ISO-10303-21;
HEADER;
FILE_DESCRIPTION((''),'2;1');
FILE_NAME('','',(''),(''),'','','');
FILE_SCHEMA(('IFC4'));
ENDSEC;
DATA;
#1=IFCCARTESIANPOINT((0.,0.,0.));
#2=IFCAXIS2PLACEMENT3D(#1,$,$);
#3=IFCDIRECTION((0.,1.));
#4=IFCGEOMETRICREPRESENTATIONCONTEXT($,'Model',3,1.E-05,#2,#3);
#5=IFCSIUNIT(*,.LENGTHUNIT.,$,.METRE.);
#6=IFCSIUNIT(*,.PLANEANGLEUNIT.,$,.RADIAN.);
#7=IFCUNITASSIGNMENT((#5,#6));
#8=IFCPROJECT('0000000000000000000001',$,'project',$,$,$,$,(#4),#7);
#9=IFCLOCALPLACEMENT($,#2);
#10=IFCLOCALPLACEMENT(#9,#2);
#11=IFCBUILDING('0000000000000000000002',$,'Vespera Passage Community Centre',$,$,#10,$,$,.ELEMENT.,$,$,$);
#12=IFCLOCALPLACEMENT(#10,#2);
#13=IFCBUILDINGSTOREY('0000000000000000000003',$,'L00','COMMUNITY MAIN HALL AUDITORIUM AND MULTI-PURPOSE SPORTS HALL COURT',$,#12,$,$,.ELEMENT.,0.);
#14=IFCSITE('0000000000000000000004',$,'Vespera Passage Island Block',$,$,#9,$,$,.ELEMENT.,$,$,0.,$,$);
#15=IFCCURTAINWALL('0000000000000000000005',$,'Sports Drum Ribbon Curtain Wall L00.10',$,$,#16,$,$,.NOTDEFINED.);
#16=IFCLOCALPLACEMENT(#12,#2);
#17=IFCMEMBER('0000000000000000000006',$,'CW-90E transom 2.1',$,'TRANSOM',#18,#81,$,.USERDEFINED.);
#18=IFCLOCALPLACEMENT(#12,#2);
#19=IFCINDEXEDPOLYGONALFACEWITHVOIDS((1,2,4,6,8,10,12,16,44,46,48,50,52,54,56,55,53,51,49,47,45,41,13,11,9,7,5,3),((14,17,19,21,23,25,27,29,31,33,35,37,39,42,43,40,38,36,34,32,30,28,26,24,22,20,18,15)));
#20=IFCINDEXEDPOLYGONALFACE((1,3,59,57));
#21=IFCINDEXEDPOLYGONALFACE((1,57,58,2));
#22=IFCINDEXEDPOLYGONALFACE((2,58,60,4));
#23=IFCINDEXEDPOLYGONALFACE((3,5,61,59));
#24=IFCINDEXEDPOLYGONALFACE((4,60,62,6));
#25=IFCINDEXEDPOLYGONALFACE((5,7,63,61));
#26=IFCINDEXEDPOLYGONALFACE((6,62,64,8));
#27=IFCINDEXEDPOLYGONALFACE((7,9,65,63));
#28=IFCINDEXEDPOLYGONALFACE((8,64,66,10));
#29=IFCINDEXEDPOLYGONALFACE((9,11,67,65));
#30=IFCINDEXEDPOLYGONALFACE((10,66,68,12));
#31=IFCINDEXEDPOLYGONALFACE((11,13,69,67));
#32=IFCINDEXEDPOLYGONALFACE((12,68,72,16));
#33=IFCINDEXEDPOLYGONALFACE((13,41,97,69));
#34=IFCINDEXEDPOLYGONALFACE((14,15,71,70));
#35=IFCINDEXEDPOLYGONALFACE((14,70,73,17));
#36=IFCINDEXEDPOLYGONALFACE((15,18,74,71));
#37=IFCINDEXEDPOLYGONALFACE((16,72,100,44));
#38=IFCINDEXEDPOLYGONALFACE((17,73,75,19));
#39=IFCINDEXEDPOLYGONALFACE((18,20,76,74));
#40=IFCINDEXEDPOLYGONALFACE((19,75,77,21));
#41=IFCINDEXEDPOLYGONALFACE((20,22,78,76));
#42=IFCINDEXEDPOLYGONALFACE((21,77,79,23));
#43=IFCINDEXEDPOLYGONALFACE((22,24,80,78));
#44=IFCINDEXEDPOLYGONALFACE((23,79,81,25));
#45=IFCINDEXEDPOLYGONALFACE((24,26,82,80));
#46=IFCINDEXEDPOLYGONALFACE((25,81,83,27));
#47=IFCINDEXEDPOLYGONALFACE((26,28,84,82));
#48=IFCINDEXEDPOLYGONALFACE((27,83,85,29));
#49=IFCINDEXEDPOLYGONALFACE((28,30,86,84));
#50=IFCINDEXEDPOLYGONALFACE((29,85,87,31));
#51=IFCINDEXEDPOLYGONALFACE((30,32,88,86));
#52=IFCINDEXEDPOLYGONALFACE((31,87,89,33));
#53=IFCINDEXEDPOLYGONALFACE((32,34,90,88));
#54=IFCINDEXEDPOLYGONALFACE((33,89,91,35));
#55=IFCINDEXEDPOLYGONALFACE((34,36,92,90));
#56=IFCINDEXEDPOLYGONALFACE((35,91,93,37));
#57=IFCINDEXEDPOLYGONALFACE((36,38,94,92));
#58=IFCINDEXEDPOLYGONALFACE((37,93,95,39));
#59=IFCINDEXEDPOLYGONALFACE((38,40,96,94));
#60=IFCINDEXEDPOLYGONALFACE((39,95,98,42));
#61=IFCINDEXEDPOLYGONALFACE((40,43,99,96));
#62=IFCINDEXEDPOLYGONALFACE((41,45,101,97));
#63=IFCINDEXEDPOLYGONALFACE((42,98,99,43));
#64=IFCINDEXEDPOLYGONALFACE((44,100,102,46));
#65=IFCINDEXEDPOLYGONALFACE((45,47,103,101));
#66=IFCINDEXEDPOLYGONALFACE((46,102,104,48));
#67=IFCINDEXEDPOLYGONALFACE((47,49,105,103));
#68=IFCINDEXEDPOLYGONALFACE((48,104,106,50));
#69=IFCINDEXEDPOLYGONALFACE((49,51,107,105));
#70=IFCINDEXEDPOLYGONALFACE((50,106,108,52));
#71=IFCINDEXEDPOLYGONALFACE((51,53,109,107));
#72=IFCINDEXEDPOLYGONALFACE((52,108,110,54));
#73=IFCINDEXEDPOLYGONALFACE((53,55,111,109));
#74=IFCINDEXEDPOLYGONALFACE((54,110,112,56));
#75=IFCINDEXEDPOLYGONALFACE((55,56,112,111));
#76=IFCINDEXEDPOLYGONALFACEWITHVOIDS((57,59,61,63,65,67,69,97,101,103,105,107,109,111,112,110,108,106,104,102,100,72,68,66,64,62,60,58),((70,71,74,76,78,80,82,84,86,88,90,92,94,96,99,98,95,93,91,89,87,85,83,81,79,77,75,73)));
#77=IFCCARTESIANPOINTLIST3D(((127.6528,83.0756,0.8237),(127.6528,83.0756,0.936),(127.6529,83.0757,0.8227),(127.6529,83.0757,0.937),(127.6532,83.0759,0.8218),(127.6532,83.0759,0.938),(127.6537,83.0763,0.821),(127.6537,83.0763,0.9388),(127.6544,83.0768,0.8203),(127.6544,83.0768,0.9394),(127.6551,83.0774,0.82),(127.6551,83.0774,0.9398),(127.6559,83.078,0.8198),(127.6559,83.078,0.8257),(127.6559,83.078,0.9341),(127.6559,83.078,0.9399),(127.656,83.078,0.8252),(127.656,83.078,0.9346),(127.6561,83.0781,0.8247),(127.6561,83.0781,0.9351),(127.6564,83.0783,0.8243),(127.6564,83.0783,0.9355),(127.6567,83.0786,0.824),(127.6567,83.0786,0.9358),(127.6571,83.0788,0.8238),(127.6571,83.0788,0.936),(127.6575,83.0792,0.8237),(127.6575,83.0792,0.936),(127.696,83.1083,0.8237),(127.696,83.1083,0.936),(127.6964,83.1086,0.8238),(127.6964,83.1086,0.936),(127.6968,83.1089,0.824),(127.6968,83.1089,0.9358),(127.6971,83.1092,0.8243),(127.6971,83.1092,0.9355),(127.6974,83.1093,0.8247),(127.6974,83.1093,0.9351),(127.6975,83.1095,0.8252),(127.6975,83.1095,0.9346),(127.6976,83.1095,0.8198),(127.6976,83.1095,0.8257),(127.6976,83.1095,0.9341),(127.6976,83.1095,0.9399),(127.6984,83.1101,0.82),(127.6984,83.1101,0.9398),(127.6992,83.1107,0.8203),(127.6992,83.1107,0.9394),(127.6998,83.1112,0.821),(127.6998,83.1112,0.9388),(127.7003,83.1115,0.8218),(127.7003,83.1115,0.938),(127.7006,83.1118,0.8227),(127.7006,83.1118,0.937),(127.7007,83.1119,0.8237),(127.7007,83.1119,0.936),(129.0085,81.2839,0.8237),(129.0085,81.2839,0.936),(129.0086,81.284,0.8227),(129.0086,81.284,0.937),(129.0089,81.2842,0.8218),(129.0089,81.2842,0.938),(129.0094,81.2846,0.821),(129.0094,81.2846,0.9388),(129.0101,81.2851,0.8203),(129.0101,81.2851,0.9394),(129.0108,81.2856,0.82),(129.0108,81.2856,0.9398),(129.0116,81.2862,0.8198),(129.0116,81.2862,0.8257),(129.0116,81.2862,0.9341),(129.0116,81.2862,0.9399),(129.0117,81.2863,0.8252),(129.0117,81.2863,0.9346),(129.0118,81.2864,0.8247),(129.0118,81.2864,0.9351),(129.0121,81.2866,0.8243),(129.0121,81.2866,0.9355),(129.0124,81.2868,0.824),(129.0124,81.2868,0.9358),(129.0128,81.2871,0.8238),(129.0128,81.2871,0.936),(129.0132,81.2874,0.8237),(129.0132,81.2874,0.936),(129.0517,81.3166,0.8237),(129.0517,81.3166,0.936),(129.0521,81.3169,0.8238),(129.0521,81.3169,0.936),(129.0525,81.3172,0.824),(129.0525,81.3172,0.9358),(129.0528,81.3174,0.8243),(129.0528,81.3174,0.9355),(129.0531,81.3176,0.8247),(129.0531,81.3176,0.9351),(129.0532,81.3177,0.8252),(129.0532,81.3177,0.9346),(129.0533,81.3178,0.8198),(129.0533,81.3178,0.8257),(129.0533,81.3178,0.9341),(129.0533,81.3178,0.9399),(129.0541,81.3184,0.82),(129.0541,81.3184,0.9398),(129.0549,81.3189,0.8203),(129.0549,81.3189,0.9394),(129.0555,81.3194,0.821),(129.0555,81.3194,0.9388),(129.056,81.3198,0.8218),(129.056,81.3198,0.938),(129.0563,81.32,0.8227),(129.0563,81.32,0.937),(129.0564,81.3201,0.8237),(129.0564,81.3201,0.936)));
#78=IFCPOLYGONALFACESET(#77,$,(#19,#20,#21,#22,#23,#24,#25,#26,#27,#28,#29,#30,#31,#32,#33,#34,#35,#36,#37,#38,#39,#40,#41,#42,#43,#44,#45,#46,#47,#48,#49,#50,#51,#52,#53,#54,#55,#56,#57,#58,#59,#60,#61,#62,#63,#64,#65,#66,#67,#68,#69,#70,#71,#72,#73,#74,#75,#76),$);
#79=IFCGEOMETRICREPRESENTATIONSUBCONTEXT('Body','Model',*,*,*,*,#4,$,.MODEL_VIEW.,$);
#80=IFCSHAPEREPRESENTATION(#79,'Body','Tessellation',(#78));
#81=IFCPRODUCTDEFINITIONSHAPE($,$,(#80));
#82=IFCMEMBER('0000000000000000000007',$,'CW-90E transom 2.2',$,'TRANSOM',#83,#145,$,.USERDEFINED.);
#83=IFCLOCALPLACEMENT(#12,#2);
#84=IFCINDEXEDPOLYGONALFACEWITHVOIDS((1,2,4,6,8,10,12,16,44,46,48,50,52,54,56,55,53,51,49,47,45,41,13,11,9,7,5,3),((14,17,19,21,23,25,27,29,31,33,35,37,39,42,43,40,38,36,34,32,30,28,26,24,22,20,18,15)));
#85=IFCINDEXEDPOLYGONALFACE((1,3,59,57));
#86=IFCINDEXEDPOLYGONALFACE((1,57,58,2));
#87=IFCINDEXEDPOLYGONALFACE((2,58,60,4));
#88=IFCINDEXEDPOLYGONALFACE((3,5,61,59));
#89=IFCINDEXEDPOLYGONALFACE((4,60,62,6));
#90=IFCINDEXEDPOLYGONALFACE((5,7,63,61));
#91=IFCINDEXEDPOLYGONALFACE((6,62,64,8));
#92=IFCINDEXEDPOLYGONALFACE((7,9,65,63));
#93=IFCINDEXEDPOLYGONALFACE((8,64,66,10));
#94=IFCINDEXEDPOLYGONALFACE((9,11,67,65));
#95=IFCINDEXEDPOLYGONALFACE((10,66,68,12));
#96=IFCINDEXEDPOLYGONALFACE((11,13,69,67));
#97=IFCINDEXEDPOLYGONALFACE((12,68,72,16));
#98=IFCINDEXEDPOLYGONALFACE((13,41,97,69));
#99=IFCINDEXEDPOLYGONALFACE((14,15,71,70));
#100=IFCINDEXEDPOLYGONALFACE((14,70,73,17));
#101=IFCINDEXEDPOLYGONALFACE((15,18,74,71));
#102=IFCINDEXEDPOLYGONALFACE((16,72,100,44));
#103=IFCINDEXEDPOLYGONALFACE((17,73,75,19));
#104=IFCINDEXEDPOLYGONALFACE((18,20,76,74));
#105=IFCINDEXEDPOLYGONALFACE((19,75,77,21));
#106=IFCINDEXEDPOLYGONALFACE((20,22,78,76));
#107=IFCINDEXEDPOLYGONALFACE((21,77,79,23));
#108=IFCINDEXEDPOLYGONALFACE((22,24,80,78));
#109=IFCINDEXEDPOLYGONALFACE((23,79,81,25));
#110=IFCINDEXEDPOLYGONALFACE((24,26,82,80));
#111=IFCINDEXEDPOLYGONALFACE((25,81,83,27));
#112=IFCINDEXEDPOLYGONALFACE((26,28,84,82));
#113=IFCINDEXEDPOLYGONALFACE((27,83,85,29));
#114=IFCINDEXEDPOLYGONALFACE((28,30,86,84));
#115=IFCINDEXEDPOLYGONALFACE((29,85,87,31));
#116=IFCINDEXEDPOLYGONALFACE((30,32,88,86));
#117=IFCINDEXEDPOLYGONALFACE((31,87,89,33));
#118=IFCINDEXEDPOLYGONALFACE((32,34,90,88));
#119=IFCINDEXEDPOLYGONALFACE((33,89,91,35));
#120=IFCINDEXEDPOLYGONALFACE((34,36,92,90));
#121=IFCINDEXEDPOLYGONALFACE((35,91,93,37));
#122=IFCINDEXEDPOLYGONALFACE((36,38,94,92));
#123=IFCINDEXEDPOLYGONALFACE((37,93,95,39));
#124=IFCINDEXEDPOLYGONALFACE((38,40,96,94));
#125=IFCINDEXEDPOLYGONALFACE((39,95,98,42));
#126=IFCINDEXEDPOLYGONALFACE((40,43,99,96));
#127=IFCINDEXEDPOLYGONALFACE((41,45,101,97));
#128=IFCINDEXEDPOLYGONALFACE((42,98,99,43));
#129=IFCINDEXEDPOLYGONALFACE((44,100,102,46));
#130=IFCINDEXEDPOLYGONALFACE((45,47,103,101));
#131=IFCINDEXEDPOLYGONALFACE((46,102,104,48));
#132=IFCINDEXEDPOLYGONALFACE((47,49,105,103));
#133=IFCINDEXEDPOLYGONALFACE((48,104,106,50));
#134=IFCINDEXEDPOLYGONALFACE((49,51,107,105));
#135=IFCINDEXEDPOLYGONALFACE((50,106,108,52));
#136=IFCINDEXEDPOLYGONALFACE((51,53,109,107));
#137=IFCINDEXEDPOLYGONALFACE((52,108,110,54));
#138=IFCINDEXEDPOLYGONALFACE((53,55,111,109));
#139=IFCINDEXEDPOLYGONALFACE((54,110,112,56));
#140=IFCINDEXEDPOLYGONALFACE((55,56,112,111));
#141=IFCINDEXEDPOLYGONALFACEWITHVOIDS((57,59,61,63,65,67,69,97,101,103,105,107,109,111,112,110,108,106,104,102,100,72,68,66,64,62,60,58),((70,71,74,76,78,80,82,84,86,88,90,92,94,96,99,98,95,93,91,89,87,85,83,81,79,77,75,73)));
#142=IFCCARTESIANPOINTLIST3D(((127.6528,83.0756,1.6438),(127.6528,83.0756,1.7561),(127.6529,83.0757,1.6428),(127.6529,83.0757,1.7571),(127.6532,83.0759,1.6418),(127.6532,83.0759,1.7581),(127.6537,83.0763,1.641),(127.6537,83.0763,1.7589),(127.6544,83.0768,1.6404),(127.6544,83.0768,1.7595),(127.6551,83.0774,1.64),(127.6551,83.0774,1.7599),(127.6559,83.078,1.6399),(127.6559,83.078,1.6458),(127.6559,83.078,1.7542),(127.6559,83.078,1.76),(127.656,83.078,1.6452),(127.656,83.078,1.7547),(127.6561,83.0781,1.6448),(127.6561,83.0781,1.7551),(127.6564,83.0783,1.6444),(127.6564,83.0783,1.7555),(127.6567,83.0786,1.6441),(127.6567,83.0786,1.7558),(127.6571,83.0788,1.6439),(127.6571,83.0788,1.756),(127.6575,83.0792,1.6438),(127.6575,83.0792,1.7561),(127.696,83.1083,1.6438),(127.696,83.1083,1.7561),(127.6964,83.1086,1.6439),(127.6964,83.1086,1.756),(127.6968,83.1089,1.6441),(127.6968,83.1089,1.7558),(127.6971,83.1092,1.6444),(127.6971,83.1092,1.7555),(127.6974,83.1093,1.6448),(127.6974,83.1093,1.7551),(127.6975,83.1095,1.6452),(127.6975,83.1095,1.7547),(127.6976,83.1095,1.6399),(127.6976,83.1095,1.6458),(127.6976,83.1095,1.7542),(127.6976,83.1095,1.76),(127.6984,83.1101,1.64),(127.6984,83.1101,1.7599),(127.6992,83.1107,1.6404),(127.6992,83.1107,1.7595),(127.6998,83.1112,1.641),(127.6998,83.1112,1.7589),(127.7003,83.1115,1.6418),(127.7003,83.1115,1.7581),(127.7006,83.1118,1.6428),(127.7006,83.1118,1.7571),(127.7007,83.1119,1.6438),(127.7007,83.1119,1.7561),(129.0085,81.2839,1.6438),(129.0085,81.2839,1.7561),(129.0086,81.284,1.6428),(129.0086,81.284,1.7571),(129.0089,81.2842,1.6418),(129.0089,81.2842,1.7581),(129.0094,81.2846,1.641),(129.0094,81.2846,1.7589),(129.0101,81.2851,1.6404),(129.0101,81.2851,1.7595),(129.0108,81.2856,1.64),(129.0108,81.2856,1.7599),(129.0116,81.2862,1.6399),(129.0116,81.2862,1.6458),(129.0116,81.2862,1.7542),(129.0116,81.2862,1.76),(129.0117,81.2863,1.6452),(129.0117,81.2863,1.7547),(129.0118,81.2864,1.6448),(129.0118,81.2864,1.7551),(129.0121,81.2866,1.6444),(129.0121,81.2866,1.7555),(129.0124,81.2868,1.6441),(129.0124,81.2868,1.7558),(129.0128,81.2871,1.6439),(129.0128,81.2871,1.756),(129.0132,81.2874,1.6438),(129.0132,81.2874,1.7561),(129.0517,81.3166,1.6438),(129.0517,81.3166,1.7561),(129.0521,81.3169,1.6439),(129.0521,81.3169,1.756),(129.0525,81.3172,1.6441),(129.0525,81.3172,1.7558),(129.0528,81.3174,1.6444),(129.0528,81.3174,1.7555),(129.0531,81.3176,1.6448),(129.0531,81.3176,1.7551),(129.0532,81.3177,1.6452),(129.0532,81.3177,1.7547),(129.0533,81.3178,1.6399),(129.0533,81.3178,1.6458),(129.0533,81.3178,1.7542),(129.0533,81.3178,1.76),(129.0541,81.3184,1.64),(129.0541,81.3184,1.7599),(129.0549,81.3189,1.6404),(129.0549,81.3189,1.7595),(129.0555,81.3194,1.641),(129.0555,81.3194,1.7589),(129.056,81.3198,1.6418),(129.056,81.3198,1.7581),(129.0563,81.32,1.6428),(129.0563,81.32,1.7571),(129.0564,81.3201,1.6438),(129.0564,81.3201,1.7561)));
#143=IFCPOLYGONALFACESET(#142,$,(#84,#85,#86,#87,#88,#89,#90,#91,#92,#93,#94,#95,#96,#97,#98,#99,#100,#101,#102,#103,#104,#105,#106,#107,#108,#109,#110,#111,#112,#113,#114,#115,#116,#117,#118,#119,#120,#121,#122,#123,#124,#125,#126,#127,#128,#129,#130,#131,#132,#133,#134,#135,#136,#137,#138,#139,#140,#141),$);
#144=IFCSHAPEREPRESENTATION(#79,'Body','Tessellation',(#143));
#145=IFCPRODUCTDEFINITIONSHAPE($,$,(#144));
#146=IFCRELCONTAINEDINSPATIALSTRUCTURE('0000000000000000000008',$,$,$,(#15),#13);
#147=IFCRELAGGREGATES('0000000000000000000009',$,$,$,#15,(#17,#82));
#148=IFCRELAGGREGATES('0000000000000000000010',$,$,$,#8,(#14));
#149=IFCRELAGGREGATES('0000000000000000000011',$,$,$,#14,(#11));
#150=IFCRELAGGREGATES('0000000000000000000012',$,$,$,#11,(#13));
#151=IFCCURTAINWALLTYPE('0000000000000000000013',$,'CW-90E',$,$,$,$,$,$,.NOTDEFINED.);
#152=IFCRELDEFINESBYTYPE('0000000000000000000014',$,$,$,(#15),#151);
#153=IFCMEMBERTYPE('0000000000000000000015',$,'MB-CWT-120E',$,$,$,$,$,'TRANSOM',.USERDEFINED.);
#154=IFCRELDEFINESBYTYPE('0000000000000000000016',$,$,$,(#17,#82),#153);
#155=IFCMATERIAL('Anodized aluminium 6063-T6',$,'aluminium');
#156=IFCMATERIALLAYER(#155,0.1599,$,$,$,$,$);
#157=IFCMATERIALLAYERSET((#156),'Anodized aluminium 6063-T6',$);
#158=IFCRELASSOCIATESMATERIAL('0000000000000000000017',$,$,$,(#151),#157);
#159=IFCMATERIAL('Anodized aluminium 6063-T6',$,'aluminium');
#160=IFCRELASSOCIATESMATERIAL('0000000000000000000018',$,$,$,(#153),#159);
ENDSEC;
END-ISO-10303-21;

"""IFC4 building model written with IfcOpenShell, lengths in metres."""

from ifc_helpers import new_model, si_unit, direction, frame, origin, origin_2d, place, context, subcontext, project, spatial, hollow_rectangle, extrude, material, layer, layer_set, material_profile, profile_set, type_object, element, aggregate, save


model = new_model("IFC4")

# Units and contexts
model_context = context("Model", 3, precision=1e-05, world=origin(), true_north=direction((0.0, 1.0)))
body_context = subcontext(model_context, "Body", "Model", "MODEL_VIEW")
ifc_project = project(units=[si_unit("LENGTHUNIT", "METRE"), si_unit("PLANEANGLEUNIT", "RADIAN")], contexts=[model_context])

# Site, building, storey
site_placement = place(None, origin())
site = spatial("IfcSite", under=ifc_project, at=site_placement, Name="Vespera Passage Island Block", CompositionType="ELEMENT", RefElevation=0.0)
building_placement = place(site_placement, origin())
building = spatial("IfcBuilding", under=site, at=building_placement, Name="Vespera Passage Community Centre", CompositionType="ELEMENT")
storey_placement = place(building_placement, origin())
storey = spatial("IfcBuildingStorey", under=building, at=storey_placement, Name="L00", Description="COMMUNITY MAIN HALL AUDITORIUM AND MULTI-PURPOSE SPORTS HALL COURT", CompositionType="ELEMENT", Elevation=0.0)

# Curtain wall, members
ifc_material_1 = material(Name="Anodized aluminium 6063-T6", Category="aluminium")
ifc_layer_1 = layer(ifc_material_1, 0.1599)
ifc_layer_set_1 = layer_set([ifc_layer_1], Name="Anodized aluminium 6063-T6")
curtain_wall_type = type_object("IfcCurtainWallType", Name="CW-90E", PredefinedType="NOTDEFINED", material=ifc_layer_set_1)
curtain_wall_placement = place(storey_placement, origin())
curtain_wall = element("IfcCurtainWall", 1, at=curtain_wall_placement, inside=storey, type_object=curtain_wall_type, Name="Sports Drum Ribbon Curtain Wall L00.10", PredefinedType="NOTDEFINED")
ifc_material_2 = material(Name="Anodized aluminium 6063-T6", Category="aluminium")
ifc_material_profile_1 = material_profile(ifc_material_2, hollow_rectangle(XDim=0.0601, YDim=0.1201, WallThickness=0.0039, InnerFilletRadius=0.002, OuterFilletRadius=0.0039, at=origin_2d()), Name="ALU120X60X4")
ifc_profile_set_1 = profile_set([ifc_material_profile_1], Name="Anodized aluminium 6063-T6")
member_type_1 = type_object("IfcMemberType", Name="MB-CWT-120E", ElementType="TRANSOM", PredefinedType="USERDEFINED", material=ifc_profile_set_1)
member_1_placement = place(storey_placement, frame((129.0325, 81.302, 0.8799), z_axis=(-0.603385, 0.79745, 0.0), x_axis=(-0.79745, -0.603385, 0.0)))
member_1 = element("IfcMember", 2, at=member_1_placement, type_object=member_type_1, Name="CW-90E transom 2.1", ObjectType="TRANSOM", PredefinedType="USERDEFINED", context=body_context, shape_type="SweptSolid", body=[
    extrude(hollow_rectangle(XDim=0.0601, YDim=0.1201, WallThickness=0.0039, InnerFilletRadius=0.002, OuterFilletRadius=0.0039, at=origin_2d()), origin(), (0.0, 0.0, 1.0), 2.2468),
])
member_2_placement = place(storey_placement, frame((129.0325, 81.302, 1.7), z_axis=(-0.603385, 0.79745, 0.0), x_axis=(-0.79745, -0.603385, 0.0)))
member_2 = element("IfcMember", 3, at=member_2_placement, type_object=member_type_1, Name="CW-90E transom 2.2", ObjectType="TRANSOM", PredefinedType="USERDEFINED", context=body_context, shape_type="SweptSolid", body=[
    extrude(hollow_rectangle(XDim=0.0601, YDim=0.1201, WallThickness=0.0039, InnerFilletRadius=0.002, OuterFilletRadius=0.0039, at=origin_2d()), origin(), (0.0, 0.0, 1.0), 2.2468),
])
aggregate(curtain_wall, [member_1, member_2])

save(model, "model.ifc")
